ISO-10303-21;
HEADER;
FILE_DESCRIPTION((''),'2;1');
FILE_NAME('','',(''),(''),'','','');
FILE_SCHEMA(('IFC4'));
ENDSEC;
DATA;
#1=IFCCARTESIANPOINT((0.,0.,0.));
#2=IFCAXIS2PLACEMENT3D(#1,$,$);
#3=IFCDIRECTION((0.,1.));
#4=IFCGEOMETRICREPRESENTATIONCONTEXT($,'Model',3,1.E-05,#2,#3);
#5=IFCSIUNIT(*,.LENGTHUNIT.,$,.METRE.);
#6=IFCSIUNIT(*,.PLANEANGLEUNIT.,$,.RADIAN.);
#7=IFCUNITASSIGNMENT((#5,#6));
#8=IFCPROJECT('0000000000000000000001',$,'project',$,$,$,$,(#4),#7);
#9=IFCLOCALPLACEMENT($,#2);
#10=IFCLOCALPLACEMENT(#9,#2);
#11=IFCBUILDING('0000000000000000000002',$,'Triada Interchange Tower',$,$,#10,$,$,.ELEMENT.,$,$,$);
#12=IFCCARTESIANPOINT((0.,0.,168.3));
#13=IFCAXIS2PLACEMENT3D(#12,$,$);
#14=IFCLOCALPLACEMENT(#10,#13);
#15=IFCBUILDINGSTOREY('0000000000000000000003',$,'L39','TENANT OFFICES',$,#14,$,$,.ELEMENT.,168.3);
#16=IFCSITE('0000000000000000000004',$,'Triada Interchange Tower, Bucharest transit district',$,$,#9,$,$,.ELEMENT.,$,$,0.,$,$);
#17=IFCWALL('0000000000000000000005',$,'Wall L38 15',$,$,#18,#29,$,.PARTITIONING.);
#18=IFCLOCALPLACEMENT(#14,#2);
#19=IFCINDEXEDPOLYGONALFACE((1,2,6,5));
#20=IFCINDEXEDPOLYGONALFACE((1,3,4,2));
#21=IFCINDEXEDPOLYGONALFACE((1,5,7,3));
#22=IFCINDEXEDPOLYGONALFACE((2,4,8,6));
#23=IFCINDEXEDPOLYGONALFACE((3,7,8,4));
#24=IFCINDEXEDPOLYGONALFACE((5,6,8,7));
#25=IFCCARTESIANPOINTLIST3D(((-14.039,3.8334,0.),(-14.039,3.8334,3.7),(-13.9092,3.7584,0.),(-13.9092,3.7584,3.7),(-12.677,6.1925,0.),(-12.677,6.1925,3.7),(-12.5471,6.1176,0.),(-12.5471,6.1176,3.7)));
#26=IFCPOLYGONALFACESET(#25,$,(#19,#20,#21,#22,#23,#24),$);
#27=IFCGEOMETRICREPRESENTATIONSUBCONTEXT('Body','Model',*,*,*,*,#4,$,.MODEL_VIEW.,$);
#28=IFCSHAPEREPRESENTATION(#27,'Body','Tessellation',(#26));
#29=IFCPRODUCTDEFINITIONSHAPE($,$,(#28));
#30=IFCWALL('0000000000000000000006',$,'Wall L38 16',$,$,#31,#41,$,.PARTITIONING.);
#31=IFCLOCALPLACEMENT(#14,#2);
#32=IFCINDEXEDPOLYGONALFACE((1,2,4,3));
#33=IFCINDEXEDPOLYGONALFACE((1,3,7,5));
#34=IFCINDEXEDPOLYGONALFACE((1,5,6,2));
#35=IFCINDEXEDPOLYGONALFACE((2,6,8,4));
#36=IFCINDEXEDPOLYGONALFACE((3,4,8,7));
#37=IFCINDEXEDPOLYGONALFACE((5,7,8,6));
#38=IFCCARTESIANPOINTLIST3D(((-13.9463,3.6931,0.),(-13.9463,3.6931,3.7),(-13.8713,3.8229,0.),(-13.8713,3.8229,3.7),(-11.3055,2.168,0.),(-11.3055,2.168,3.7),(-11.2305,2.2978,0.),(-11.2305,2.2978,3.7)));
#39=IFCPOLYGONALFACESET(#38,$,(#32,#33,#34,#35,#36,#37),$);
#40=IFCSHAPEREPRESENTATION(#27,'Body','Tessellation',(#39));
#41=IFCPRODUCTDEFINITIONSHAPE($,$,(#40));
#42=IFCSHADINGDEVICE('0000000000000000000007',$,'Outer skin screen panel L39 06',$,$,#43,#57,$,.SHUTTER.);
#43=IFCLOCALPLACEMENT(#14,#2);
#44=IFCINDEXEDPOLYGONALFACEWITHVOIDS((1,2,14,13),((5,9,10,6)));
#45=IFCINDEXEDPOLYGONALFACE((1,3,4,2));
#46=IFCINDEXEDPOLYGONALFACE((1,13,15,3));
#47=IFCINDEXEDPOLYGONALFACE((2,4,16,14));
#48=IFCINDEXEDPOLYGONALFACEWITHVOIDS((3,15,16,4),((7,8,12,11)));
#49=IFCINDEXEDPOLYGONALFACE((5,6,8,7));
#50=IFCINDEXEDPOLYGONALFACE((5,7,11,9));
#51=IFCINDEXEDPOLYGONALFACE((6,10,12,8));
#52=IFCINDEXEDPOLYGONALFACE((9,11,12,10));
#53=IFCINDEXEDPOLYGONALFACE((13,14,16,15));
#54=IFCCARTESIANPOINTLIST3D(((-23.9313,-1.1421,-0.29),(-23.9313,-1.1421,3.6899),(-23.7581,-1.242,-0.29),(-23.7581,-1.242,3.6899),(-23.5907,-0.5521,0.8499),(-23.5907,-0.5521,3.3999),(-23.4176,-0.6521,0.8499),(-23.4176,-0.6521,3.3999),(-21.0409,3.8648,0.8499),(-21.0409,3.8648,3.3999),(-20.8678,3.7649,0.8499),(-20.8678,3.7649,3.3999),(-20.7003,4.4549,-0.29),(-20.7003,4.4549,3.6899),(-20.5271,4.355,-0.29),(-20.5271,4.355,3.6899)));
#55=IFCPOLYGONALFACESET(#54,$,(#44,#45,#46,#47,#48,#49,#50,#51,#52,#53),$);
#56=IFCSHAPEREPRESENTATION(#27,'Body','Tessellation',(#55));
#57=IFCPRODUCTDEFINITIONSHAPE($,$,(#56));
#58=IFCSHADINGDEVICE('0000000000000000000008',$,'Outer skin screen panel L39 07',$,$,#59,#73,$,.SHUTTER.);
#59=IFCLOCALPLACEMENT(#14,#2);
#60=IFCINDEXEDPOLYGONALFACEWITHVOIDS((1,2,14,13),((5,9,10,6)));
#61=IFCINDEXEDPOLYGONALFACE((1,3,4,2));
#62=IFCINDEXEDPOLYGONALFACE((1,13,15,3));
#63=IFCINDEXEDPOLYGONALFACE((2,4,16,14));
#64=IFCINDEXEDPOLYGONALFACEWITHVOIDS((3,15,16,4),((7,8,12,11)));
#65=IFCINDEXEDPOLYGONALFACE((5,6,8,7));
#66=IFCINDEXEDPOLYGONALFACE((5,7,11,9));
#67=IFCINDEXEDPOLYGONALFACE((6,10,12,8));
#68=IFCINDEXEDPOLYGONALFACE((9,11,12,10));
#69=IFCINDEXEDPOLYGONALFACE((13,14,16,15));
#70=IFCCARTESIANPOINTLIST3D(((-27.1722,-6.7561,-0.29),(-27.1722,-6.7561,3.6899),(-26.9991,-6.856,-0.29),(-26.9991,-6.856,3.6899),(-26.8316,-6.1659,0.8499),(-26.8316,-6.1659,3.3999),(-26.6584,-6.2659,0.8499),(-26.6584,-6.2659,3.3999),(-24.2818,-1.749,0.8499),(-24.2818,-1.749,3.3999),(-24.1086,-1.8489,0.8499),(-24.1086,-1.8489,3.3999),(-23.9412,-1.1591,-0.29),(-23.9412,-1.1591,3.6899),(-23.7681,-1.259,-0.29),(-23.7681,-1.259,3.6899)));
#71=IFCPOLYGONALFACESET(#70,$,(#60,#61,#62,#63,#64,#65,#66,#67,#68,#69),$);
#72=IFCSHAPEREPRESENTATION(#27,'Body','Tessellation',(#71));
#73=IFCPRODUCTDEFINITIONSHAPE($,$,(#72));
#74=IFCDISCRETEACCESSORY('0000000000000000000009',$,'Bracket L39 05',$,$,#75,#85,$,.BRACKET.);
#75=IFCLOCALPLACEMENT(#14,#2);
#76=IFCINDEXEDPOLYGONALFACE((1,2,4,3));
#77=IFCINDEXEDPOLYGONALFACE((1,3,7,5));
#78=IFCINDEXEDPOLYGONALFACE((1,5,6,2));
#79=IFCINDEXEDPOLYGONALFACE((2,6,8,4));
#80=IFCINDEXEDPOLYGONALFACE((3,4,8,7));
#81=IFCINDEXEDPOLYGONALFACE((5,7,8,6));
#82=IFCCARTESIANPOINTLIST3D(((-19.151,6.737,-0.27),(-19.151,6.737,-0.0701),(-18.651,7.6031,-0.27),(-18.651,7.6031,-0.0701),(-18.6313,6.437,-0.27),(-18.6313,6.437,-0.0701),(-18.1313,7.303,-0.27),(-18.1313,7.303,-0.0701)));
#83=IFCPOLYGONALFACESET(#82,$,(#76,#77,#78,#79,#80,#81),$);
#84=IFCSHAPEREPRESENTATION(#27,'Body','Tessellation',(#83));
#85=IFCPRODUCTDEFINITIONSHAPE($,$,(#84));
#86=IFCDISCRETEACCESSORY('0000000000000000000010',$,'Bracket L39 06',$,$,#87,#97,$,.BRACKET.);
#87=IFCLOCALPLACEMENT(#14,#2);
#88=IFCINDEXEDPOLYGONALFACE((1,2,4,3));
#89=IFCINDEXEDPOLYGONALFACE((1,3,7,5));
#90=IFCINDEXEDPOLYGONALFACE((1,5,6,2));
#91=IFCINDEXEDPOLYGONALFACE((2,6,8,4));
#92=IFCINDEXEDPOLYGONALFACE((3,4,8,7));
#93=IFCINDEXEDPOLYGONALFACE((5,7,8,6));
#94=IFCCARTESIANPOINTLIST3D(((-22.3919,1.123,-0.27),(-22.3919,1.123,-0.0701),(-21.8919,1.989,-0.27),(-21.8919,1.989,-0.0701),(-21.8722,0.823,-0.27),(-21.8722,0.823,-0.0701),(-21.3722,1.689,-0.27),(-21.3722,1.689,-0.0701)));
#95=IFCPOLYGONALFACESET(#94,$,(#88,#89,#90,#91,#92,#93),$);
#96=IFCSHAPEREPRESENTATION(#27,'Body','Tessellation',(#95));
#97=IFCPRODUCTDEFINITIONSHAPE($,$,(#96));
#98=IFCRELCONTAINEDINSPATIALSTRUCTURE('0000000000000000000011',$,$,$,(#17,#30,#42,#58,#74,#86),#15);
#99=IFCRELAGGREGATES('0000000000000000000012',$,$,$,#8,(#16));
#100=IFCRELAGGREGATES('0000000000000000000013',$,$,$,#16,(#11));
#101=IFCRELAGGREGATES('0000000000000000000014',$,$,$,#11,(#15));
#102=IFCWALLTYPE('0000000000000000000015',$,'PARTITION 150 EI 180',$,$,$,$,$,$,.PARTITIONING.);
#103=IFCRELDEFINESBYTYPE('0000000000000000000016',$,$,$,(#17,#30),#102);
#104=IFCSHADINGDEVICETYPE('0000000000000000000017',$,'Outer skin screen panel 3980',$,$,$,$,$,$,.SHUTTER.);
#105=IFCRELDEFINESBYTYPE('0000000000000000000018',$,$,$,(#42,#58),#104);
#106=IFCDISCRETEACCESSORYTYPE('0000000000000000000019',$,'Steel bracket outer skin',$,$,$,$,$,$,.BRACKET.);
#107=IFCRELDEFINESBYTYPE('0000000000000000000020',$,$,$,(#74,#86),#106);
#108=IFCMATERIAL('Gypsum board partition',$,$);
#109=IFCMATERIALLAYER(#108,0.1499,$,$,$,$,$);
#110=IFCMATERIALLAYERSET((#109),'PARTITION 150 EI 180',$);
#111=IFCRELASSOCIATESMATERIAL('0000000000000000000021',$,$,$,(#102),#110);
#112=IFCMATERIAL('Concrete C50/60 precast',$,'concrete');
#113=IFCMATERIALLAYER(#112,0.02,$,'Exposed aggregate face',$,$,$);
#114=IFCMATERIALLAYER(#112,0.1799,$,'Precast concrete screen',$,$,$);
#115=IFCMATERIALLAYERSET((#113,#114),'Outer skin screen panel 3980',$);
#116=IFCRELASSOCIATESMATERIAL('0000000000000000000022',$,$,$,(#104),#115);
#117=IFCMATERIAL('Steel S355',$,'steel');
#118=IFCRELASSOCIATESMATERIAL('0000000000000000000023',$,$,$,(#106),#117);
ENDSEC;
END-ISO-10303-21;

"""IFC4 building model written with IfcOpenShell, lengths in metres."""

from ifc_helpers import new_model, si_unit, direction, frame, frame_2d, origin, origin_2d, place, context, subcontext, project, spatial, polyline, rectangle, outline, extrude, material, layer, layer_set, type_object, element, save


model = new_model("IFC4")

# Units and contexts
model_context = context("Model", 3, precision=1e-05, world=origin(), true_north=direction((0.0, 1.0)))
body_context = subcontext(model_context, "Body", "Model", "MODEL_VIEW")
ifc_project = project(units=[si_unit("LENGTHUNIT", "METRE"), si_unit("PLANEANGLEUNIT", "RADIAN")], contexts=[model_context])

# Site, building, storey
site_placement = place(None, origin())
site = spatial("IfcSite", under=ifc_project, at=site_placement, Name="Triada Interchange Tower, Bucharest transit district", CompositionType="ELEMENT", RefElevation=0.0)
building_placement = place(site_placement, origin())
building = spatial("IfcBuilding", under=site, at=building_placement, Name="Triada Interchange Tower", CompositionType="ELEMENT")
storey_placement = place(building_placement, frame((0.0, 0.0, 168.3)))
storey = spatial("IfcBuildingStorey", under=building, at=storey_placement, Name="L39", Description="TENANT OFFICES", CompositionType="ELEMENT", Elevation=168.3)

# Shared definitions
ifc_material_1 = material(Name="Gypsum board partition")
ifc_layer_1 = layer(ifc_material_1, 0.1499)
ifc_layer_set_1 = layer_set([ifc_layer_1], Name="PARTITION 150 EI 180")
wall_type_1 = type_object("IfcWallType", Name="PARTITION 150 EI 180", PredefinedType="PARTITIONING", material=ifc_layer_set_1)

# Walls
wall_1_placement = place(storey_placement, frame((-13.9741, 3.7959, 0.0), z_axis=(0.0, 0.0, 1.0), x_axis=(0.500004, 0.866023, 0.0)))
element("IfcWall", 1, at=wall_1_placement, inside=storey, type_object=wall_type_1, Name="Wall L38 15", PredefinedType="PARTITIONING", context=body_context, shape_type="SweptSolid", body=[
    extrude(rectangle(XDim=2.7241, YDim=0.1499, at=frame_2d((1.3621, 0.0))), origin(), (0.0, 0.0, 1.0), 3.7),
])
wall_2_placement = place(storey_placement, frame((-13.9089, 3.7581, 0.0), z_axis=(0.0, 0.0, 1.0), x_axis=(0.865963, -0.500108, 0.0)))
element("IfcWall", 2, at=wall_2_placement, inside=storey, type_object=wall_type_1, Name="Wall L38 16", PredefinedType="PARTITIONING", context=body_context, shape_type="SweptSolid", body=[
    extrude(rectangle(XDim=3.0496, YDim=0.1499, at=frame_2d((1.5249, 0.0))), origin(), (0.0, 0.0, 1.0), 3.7),
])

# Shading devices
ifc_material_2 = material(Name="Concrete C50/60 precast", Category="concrete")
ifc_layer_2 = layer(ifc_material_2, 0.02, Name="Exposed aggregate face")
ifc_layer_3 = layer(ifc_material_2, 0.1799, Name="Precast concrete screen")
ifc_layer_set_2 = layer_set([ifc_layer_2, ifc_layer_3], Name="Outer skin screen panel 3980")
shading_device_type = type_object("IfcShadingDeviceType", Name="Outer skin screen panel 3980", PredefinedType="SHUTTER", material=ifc_layer_set_2)
shading_device_1_placement = place(storey_placement, frame((-20.5271, 4.355, -0.29), z_axis=(0.0, 0.0, 1.0), x_axis=(-0.49995, -0.866054, 0.0)))
element("IfcShadingDevice", 3, at=shading_device_1_placement, inside=storey, type_object=shading_device_type, Name="Outer skin screen panel L39 06", PredefinedType="SHUTTER", context=body_context, shape_type="SweptSolid", body=[
    extrude(outline(polyline([(0.0, 0.0), (6.4626, 0.0), (6.4626, 3.98), (0.0, 3.98), (0.0, 0.0)]), holes=[polyline([(0.6814, 1.1399), (0.6814, 3.6899), (5.7815, 3.6899), (5.7815, 1.1399), (0.6814, 1.1399)])]), frame((0.0, 0.0, 0.0), z_axis=(0.0, -1.0, 0.0), x_axis=(1.0, 0.0, 0.0)), (0.0, 0.0, 1.0), 0.2),
])
shading_device_2_placement = place(storey_placement, frame((-23.7681, -1.259, -0.29), z_axis=(0.0, 0.0, 1.0), x_axis=(-0.49995, -0.866054, 0.0)))
element("IfcShadingDevice", 4, at=shading_device_2_placement, inside=storey, type_object=shading_device_type, Name="Outer skin screen panel L39 07", PredefinedType="SHUTTER", context=body_context, shape_type="SweptSolid", body=[
    extrude(outline(polyline([(0.0, 0.0), (6.4626, 0.0), (6.4626, 3.98), (0.0, 3.98), (0.0, 0.0)]), holes=[polyline([(0.6812, 1.1399), (0.6812, 3.6899), (5.7812, 3.6899), (5.7812, 1.1399), (0.6812, 1.1399)])]), frame((0.0, 0.0, 0.0), z_axis=(0.0, -1.0, 0.0), x_axis=(1.0, 0.0, 0.0)), (0.0, 0.0, 1.0), 0.2),
])

# Discrete accessories
ifc_material_3 = material(Name="Steel S355", Category="steel")
discrete_accessory_type = type_object("IfcDiscreteAccessoryType", Name="Steel bracket outer skin", PredefinedType="BRACKET", material=ifc_material_3)
for number, where, z_axis, x_axis, name in (
    (5, (-18.6411, 7.02, -0.27), (0.0, 0.0, 1.0), (-0.866023, 0.500005, 0.0), "Bracket L39 05"),
    (6, (-21.8821, 1.406, -0.27), (0.0, 0.0, 1.0), (-0.866023, 0.500005, 0.0), "Bracket L39 06"),
):
    element("IfcDiscreteAccessory", number, at=place(storey_placement, frame(where, z_axis=z_axis, x_axis=x_axis)), inside=storey, type_object=discrete_accessory_type, Name=name, PredefinedType="BRACKET", context=body_context, shape_type="SweptSolid", body=[
        extrude(rectangle(XDim=0.6001, YDim=1.0, at=origin_2d()), origin(), (0.0, 0.0, 1.0), 0.2),
    ])

save(model, "model.ifc")
